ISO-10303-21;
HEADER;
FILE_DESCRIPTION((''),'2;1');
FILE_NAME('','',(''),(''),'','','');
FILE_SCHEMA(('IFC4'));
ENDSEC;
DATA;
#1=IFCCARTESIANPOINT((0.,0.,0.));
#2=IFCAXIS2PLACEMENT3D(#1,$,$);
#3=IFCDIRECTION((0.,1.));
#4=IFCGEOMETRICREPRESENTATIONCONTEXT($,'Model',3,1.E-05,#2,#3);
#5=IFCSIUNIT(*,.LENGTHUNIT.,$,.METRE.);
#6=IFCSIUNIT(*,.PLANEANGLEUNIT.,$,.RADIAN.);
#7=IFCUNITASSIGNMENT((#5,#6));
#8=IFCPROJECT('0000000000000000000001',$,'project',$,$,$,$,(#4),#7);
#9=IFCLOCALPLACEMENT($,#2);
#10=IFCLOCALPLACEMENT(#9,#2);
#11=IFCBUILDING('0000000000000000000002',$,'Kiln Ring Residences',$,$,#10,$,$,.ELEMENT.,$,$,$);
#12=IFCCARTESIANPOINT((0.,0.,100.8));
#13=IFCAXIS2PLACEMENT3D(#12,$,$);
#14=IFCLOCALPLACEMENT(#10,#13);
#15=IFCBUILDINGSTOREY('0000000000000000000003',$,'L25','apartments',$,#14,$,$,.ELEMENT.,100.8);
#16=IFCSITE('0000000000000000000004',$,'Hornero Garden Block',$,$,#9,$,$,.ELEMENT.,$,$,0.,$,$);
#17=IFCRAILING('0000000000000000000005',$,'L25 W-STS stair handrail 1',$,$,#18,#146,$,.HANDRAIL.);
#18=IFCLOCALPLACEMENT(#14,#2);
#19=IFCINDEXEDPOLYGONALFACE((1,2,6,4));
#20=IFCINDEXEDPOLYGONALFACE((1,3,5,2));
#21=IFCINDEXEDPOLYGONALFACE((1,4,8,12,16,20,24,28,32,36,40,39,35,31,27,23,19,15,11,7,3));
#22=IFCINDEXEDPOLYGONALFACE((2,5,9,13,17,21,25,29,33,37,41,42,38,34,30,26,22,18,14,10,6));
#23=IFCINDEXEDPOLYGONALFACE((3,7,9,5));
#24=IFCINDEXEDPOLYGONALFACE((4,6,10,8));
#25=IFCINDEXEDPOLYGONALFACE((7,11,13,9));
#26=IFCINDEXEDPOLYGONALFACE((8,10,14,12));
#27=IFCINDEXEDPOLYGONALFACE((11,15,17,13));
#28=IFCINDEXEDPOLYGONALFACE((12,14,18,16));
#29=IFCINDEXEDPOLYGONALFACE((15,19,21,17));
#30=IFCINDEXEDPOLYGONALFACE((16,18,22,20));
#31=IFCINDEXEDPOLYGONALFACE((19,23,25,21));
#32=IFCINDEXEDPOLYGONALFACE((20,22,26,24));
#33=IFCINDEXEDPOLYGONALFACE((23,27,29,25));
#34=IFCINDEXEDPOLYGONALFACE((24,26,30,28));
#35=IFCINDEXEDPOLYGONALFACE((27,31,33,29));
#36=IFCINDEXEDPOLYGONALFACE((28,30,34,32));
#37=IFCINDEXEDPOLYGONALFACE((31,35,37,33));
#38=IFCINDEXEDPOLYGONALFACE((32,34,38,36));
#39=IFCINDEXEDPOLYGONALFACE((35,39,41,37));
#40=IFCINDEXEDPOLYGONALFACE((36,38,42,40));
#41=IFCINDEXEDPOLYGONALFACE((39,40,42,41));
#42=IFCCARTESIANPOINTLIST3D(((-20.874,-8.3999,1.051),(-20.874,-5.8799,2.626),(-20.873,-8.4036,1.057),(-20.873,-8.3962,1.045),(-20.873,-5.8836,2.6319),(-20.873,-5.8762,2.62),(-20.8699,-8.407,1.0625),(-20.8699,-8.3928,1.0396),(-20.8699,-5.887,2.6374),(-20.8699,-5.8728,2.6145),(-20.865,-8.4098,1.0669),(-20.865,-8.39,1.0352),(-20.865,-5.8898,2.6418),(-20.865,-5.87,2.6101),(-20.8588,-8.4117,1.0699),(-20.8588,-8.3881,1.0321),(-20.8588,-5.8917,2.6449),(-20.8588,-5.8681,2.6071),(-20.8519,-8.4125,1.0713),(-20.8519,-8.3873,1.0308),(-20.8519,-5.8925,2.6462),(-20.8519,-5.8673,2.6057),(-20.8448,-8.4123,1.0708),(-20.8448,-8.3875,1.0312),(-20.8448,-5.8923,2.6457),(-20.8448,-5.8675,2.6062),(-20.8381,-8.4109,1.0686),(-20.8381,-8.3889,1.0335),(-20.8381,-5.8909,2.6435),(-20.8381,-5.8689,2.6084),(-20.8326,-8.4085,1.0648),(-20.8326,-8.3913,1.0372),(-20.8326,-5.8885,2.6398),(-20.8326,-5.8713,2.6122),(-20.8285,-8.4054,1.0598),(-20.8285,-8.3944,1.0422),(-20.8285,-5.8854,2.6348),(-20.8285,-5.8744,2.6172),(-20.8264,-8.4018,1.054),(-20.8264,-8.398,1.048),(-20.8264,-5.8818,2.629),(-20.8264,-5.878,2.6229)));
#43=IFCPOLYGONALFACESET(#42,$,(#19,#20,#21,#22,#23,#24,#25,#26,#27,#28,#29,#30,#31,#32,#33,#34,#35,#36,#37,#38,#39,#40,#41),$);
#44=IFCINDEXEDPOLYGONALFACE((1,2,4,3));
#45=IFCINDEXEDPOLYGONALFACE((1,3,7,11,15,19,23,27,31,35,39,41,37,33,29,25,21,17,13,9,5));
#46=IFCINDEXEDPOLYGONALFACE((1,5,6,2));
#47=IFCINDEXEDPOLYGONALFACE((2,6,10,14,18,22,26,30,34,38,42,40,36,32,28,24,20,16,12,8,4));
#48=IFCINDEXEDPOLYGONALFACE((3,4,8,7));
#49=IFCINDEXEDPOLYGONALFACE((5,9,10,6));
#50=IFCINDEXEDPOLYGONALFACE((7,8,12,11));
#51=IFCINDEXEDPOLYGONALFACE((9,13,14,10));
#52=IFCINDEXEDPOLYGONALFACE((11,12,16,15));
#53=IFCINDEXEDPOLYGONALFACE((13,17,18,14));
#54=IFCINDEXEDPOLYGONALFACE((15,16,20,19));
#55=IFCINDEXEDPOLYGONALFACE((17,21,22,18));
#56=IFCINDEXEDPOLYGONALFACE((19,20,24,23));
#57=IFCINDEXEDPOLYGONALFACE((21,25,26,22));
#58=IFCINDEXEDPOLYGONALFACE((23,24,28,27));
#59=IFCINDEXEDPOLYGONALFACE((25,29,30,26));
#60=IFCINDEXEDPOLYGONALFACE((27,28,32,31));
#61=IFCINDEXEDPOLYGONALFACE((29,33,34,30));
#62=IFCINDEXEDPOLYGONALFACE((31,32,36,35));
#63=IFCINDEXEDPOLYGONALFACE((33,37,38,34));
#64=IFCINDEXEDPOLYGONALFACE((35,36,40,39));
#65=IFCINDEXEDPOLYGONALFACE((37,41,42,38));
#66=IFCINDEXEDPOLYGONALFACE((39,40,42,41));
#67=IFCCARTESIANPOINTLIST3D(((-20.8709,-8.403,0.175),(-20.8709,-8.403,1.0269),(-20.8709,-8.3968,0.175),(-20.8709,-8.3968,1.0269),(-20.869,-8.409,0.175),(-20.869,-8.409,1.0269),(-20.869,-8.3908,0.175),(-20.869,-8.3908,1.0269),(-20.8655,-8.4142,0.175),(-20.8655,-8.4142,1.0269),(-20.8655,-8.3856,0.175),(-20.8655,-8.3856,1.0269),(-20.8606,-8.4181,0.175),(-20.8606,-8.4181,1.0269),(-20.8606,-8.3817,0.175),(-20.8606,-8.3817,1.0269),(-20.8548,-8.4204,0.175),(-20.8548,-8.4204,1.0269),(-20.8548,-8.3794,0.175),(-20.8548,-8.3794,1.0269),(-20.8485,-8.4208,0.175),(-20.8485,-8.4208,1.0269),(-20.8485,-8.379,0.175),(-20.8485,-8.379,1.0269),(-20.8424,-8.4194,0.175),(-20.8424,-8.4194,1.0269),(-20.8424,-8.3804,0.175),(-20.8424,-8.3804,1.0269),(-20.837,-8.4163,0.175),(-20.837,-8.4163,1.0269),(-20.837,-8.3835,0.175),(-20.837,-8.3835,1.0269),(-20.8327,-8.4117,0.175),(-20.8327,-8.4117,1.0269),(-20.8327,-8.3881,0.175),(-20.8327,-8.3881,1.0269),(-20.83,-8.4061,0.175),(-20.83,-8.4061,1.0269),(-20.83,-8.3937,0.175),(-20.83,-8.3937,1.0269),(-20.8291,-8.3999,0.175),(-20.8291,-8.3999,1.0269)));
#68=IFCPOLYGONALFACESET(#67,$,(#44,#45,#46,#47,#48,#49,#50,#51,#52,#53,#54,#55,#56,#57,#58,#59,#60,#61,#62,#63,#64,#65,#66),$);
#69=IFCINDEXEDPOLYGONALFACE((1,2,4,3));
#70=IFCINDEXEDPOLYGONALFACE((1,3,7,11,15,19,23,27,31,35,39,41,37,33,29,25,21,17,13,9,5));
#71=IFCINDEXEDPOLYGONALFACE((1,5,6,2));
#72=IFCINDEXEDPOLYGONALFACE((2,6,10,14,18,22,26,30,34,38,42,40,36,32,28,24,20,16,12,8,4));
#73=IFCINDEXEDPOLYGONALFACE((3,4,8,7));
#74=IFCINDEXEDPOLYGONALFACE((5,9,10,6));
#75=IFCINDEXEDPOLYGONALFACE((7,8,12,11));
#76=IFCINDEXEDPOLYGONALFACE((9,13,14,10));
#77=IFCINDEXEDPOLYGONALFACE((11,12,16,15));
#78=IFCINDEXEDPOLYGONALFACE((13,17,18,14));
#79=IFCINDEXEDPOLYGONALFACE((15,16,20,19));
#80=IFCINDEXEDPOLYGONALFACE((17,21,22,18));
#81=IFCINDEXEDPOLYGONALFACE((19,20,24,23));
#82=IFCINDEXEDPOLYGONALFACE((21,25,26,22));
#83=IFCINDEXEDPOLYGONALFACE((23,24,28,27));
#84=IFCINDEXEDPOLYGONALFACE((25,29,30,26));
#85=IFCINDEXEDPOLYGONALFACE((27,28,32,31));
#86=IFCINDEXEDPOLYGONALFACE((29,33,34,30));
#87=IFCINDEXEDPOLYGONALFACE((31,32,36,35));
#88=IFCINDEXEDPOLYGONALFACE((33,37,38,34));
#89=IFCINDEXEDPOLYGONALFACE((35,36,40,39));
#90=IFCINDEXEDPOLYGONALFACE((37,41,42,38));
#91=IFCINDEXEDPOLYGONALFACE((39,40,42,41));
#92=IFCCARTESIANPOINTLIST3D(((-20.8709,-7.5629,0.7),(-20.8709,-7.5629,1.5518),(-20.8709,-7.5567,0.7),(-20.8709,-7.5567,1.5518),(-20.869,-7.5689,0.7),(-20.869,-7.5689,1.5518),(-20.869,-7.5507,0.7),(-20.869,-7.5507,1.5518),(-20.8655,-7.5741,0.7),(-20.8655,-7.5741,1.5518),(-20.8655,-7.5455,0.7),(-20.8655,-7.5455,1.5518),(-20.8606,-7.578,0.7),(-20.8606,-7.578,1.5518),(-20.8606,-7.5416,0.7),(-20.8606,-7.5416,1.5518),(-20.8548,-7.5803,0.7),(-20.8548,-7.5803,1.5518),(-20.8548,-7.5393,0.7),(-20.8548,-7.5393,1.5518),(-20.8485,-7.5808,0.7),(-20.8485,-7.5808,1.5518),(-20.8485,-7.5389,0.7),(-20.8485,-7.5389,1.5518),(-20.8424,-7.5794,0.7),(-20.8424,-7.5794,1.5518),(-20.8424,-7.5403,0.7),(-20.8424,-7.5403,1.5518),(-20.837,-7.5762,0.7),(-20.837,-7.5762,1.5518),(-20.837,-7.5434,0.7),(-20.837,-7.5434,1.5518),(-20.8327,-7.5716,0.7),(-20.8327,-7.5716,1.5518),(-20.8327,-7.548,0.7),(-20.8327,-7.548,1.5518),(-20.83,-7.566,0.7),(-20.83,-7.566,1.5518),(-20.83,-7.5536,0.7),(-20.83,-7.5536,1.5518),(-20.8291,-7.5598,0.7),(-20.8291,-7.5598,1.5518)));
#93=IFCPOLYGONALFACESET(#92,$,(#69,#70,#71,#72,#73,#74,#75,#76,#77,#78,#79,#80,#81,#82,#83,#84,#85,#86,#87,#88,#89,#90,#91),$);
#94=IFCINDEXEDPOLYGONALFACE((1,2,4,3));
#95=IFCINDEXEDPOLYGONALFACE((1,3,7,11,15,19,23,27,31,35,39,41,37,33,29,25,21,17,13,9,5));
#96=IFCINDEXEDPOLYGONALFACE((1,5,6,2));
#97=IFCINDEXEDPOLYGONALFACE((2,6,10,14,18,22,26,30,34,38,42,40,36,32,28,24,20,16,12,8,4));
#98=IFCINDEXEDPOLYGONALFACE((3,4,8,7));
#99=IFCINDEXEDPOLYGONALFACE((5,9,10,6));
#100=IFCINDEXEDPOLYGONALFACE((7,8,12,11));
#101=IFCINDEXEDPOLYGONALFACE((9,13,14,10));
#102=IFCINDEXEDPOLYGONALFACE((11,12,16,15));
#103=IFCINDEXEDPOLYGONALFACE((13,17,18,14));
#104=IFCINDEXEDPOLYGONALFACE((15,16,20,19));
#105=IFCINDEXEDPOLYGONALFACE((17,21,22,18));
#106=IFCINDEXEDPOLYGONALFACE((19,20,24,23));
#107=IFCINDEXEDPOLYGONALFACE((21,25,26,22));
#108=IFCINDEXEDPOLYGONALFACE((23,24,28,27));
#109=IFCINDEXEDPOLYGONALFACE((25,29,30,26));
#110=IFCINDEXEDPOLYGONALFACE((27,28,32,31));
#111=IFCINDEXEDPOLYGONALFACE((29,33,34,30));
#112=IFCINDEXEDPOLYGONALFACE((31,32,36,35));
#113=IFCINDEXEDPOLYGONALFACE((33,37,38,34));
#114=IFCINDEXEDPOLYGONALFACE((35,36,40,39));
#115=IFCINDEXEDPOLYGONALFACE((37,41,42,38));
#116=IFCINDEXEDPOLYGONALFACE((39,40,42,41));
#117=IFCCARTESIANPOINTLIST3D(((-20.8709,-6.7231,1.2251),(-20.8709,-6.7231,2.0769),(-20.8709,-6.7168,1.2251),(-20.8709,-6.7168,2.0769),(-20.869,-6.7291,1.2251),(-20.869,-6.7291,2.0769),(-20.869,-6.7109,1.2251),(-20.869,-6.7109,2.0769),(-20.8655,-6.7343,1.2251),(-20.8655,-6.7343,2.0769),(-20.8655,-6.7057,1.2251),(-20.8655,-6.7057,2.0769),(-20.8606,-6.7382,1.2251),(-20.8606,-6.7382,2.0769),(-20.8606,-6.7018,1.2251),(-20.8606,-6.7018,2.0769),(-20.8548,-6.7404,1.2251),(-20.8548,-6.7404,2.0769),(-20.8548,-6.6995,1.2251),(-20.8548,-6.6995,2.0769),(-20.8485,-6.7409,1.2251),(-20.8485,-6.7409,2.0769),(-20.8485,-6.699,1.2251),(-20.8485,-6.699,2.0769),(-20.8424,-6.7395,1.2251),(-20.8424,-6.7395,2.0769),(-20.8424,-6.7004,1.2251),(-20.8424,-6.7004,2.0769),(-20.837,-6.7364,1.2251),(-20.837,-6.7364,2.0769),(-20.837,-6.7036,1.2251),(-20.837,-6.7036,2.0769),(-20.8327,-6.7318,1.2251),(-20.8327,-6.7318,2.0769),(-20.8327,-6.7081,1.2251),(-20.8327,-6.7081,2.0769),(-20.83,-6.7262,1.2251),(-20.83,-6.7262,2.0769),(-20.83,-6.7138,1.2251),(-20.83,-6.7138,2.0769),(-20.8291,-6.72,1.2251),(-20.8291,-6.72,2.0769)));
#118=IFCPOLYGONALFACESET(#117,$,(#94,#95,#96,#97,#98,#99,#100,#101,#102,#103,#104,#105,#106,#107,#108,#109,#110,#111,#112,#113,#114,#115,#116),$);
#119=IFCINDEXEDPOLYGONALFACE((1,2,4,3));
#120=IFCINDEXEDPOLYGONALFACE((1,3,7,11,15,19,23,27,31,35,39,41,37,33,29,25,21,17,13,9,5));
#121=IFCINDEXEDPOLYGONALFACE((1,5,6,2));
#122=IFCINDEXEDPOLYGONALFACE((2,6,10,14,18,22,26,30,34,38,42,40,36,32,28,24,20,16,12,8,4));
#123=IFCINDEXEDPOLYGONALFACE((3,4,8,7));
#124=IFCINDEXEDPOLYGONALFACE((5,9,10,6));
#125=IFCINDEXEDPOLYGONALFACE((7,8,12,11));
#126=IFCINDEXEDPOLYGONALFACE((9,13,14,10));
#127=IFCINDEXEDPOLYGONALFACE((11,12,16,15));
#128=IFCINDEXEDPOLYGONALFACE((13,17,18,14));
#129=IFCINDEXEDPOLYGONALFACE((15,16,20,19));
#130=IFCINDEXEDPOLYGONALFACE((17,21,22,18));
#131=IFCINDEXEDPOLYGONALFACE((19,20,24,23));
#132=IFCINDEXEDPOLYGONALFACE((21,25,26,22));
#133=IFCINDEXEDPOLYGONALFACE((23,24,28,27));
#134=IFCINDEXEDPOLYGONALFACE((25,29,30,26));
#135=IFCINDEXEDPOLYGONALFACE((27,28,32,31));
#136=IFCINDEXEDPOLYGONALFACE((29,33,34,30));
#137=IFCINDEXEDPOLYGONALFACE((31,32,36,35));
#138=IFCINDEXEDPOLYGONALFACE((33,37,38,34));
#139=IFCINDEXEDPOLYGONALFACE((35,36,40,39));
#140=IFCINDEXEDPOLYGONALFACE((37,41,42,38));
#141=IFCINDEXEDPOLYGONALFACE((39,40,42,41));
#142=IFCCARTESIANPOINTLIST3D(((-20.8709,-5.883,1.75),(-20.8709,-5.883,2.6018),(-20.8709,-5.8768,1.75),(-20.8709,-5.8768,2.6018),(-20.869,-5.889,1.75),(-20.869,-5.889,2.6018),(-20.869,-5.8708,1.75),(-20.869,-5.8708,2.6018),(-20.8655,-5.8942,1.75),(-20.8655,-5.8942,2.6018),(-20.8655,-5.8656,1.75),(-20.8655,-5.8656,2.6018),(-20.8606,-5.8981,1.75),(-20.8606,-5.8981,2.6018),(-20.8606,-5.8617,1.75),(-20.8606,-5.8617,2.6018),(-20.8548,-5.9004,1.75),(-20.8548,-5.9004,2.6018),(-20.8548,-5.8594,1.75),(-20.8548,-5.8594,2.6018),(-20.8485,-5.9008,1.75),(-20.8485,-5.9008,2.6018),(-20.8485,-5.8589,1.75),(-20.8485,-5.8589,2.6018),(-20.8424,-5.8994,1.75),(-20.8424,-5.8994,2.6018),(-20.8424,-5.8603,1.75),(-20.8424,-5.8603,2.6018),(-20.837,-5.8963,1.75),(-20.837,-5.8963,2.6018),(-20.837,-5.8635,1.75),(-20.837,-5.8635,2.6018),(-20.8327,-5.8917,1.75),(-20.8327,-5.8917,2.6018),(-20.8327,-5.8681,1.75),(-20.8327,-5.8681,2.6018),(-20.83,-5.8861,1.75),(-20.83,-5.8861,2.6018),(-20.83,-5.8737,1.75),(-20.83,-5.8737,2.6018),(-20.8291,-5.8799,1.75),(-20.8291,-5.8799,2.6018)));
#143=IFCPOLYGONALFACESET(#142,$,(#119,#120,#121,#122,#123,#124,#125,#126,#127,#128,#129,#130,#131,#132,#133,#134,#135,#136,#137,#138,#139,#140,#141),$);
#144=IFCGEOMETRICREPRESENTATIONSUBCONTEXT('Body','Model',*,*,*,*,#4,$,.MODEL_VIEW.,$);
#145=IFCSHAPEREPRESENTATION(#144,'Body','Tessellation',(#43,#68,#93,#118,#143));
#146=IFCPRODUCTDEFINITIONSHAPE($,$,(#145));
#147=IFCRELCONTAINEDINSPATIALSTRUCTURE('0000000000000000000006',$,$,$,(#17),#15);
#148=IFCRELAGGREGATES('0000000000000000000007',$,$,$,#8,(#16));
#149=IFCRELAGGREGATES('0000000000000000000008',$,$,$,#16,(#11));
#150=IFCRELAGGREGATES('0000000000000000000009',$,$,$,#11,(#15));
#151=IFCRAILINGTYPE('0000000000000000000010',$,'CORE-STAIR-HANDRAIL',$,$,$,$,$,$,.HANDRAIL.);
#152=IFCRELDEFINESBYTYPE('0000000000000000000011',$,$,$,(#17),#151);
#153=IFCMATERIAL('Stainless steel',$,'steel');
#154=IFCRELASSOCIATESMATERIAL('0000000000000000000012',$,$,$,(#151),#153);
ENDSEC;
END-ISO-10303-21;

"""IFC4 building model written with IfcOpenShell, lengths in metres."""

from ifc_helpers import new_model, si_unit, direction, frame, origin, origin_2d, place, context, subcontext, project, spatial, circle, extrude, material, type_object, element, save


model = new_model("IFC4")

# Units and contexts
model_context = context("Model", 3, precision=1e-05, world=origin(), true_north=direction((0.0, 1.0)))
body_context = subcontext(model_context, "Body", "Model", "MODEL_VIEW")
ifc_project = project(units=[si_unit("LENGTHUNIT", "METRE"), si_unit("PLANEANGLEUNIT", "RADIAN")], contexts=[model_context])

# Site, building, storey
site_placement = place(None, origin())
site = spatial("IfcSite", under=ifc_project, at=site_placement, Name="Hornero Garden Block", CompositionType="ELEMENT", RefElevation=0.0)
building_placement = place(site_placement, origin())
building = spatial("IfcBuilding", under=site, at=building_placement, Name="Kiln Ring Residences", CompositionType="ELEMENT")
storey_placement = place(building_placement, frame((0.0, 0.0, 100.8)))
storey = spatial("IfcBuildingStorey", under=building, at=storey_placement, Name="L25", Description="apartments", CompositionType="ELEMENT", Elevation=100.8)

# Railing
ifc_material_1 = material(Name="Stainless steel", Category="steel")
railing_type_1 = type_object("IfcRailingType", Name="CORE-STAIR-HANDRAIL", PredefinedType="HANDRAIL", material=ifc_material_1)
railing_1_placement = place(storey_placement, frame((-20.8501, -8.3999, 0.175)))
element("IfcRailing", 1, at=railing_1_placement, inside=storey, type_object=railing_type_1, Name="L25 W-STS stair handrail 1", PredefinedType="HANDRAIL", context=body_context, shape_type="SweptSolid", body=[
    extrude(circle(Radius=0.0239, at=origin_2d()), frame((0.0, 0.0, 0.876), z_axis=(0.0, 0.848008, 0.529984), x_axis=(-1.0, 0.0, 0.0)), (0.0, 0.0, 1.0), 2.9717),
    extrude(circle(Radius=0.021, at=origin_2d()), origin(), (0.0, 0.0, 1.0), 0.8518),
    extrude(circle(Radius=0.021, at=origin_2d()), frame((0.0, 0.8401, 0.5249)), (0.0, 0.0, 1.0), 0.8518),
    extrude(circle(Radius=0.021, at=origin_2d()), frame((0.0, 1.6799, 1.05)), (0.0, 0.0, 1.0), 0.8518),
    extrude(circle(Radius=0.021, at=origin_2d()), frame((0.0, 2.52, 1.575)), (0.0, 0.0, 1.0), 0.8518),
])

save(model, "model.ifc")
